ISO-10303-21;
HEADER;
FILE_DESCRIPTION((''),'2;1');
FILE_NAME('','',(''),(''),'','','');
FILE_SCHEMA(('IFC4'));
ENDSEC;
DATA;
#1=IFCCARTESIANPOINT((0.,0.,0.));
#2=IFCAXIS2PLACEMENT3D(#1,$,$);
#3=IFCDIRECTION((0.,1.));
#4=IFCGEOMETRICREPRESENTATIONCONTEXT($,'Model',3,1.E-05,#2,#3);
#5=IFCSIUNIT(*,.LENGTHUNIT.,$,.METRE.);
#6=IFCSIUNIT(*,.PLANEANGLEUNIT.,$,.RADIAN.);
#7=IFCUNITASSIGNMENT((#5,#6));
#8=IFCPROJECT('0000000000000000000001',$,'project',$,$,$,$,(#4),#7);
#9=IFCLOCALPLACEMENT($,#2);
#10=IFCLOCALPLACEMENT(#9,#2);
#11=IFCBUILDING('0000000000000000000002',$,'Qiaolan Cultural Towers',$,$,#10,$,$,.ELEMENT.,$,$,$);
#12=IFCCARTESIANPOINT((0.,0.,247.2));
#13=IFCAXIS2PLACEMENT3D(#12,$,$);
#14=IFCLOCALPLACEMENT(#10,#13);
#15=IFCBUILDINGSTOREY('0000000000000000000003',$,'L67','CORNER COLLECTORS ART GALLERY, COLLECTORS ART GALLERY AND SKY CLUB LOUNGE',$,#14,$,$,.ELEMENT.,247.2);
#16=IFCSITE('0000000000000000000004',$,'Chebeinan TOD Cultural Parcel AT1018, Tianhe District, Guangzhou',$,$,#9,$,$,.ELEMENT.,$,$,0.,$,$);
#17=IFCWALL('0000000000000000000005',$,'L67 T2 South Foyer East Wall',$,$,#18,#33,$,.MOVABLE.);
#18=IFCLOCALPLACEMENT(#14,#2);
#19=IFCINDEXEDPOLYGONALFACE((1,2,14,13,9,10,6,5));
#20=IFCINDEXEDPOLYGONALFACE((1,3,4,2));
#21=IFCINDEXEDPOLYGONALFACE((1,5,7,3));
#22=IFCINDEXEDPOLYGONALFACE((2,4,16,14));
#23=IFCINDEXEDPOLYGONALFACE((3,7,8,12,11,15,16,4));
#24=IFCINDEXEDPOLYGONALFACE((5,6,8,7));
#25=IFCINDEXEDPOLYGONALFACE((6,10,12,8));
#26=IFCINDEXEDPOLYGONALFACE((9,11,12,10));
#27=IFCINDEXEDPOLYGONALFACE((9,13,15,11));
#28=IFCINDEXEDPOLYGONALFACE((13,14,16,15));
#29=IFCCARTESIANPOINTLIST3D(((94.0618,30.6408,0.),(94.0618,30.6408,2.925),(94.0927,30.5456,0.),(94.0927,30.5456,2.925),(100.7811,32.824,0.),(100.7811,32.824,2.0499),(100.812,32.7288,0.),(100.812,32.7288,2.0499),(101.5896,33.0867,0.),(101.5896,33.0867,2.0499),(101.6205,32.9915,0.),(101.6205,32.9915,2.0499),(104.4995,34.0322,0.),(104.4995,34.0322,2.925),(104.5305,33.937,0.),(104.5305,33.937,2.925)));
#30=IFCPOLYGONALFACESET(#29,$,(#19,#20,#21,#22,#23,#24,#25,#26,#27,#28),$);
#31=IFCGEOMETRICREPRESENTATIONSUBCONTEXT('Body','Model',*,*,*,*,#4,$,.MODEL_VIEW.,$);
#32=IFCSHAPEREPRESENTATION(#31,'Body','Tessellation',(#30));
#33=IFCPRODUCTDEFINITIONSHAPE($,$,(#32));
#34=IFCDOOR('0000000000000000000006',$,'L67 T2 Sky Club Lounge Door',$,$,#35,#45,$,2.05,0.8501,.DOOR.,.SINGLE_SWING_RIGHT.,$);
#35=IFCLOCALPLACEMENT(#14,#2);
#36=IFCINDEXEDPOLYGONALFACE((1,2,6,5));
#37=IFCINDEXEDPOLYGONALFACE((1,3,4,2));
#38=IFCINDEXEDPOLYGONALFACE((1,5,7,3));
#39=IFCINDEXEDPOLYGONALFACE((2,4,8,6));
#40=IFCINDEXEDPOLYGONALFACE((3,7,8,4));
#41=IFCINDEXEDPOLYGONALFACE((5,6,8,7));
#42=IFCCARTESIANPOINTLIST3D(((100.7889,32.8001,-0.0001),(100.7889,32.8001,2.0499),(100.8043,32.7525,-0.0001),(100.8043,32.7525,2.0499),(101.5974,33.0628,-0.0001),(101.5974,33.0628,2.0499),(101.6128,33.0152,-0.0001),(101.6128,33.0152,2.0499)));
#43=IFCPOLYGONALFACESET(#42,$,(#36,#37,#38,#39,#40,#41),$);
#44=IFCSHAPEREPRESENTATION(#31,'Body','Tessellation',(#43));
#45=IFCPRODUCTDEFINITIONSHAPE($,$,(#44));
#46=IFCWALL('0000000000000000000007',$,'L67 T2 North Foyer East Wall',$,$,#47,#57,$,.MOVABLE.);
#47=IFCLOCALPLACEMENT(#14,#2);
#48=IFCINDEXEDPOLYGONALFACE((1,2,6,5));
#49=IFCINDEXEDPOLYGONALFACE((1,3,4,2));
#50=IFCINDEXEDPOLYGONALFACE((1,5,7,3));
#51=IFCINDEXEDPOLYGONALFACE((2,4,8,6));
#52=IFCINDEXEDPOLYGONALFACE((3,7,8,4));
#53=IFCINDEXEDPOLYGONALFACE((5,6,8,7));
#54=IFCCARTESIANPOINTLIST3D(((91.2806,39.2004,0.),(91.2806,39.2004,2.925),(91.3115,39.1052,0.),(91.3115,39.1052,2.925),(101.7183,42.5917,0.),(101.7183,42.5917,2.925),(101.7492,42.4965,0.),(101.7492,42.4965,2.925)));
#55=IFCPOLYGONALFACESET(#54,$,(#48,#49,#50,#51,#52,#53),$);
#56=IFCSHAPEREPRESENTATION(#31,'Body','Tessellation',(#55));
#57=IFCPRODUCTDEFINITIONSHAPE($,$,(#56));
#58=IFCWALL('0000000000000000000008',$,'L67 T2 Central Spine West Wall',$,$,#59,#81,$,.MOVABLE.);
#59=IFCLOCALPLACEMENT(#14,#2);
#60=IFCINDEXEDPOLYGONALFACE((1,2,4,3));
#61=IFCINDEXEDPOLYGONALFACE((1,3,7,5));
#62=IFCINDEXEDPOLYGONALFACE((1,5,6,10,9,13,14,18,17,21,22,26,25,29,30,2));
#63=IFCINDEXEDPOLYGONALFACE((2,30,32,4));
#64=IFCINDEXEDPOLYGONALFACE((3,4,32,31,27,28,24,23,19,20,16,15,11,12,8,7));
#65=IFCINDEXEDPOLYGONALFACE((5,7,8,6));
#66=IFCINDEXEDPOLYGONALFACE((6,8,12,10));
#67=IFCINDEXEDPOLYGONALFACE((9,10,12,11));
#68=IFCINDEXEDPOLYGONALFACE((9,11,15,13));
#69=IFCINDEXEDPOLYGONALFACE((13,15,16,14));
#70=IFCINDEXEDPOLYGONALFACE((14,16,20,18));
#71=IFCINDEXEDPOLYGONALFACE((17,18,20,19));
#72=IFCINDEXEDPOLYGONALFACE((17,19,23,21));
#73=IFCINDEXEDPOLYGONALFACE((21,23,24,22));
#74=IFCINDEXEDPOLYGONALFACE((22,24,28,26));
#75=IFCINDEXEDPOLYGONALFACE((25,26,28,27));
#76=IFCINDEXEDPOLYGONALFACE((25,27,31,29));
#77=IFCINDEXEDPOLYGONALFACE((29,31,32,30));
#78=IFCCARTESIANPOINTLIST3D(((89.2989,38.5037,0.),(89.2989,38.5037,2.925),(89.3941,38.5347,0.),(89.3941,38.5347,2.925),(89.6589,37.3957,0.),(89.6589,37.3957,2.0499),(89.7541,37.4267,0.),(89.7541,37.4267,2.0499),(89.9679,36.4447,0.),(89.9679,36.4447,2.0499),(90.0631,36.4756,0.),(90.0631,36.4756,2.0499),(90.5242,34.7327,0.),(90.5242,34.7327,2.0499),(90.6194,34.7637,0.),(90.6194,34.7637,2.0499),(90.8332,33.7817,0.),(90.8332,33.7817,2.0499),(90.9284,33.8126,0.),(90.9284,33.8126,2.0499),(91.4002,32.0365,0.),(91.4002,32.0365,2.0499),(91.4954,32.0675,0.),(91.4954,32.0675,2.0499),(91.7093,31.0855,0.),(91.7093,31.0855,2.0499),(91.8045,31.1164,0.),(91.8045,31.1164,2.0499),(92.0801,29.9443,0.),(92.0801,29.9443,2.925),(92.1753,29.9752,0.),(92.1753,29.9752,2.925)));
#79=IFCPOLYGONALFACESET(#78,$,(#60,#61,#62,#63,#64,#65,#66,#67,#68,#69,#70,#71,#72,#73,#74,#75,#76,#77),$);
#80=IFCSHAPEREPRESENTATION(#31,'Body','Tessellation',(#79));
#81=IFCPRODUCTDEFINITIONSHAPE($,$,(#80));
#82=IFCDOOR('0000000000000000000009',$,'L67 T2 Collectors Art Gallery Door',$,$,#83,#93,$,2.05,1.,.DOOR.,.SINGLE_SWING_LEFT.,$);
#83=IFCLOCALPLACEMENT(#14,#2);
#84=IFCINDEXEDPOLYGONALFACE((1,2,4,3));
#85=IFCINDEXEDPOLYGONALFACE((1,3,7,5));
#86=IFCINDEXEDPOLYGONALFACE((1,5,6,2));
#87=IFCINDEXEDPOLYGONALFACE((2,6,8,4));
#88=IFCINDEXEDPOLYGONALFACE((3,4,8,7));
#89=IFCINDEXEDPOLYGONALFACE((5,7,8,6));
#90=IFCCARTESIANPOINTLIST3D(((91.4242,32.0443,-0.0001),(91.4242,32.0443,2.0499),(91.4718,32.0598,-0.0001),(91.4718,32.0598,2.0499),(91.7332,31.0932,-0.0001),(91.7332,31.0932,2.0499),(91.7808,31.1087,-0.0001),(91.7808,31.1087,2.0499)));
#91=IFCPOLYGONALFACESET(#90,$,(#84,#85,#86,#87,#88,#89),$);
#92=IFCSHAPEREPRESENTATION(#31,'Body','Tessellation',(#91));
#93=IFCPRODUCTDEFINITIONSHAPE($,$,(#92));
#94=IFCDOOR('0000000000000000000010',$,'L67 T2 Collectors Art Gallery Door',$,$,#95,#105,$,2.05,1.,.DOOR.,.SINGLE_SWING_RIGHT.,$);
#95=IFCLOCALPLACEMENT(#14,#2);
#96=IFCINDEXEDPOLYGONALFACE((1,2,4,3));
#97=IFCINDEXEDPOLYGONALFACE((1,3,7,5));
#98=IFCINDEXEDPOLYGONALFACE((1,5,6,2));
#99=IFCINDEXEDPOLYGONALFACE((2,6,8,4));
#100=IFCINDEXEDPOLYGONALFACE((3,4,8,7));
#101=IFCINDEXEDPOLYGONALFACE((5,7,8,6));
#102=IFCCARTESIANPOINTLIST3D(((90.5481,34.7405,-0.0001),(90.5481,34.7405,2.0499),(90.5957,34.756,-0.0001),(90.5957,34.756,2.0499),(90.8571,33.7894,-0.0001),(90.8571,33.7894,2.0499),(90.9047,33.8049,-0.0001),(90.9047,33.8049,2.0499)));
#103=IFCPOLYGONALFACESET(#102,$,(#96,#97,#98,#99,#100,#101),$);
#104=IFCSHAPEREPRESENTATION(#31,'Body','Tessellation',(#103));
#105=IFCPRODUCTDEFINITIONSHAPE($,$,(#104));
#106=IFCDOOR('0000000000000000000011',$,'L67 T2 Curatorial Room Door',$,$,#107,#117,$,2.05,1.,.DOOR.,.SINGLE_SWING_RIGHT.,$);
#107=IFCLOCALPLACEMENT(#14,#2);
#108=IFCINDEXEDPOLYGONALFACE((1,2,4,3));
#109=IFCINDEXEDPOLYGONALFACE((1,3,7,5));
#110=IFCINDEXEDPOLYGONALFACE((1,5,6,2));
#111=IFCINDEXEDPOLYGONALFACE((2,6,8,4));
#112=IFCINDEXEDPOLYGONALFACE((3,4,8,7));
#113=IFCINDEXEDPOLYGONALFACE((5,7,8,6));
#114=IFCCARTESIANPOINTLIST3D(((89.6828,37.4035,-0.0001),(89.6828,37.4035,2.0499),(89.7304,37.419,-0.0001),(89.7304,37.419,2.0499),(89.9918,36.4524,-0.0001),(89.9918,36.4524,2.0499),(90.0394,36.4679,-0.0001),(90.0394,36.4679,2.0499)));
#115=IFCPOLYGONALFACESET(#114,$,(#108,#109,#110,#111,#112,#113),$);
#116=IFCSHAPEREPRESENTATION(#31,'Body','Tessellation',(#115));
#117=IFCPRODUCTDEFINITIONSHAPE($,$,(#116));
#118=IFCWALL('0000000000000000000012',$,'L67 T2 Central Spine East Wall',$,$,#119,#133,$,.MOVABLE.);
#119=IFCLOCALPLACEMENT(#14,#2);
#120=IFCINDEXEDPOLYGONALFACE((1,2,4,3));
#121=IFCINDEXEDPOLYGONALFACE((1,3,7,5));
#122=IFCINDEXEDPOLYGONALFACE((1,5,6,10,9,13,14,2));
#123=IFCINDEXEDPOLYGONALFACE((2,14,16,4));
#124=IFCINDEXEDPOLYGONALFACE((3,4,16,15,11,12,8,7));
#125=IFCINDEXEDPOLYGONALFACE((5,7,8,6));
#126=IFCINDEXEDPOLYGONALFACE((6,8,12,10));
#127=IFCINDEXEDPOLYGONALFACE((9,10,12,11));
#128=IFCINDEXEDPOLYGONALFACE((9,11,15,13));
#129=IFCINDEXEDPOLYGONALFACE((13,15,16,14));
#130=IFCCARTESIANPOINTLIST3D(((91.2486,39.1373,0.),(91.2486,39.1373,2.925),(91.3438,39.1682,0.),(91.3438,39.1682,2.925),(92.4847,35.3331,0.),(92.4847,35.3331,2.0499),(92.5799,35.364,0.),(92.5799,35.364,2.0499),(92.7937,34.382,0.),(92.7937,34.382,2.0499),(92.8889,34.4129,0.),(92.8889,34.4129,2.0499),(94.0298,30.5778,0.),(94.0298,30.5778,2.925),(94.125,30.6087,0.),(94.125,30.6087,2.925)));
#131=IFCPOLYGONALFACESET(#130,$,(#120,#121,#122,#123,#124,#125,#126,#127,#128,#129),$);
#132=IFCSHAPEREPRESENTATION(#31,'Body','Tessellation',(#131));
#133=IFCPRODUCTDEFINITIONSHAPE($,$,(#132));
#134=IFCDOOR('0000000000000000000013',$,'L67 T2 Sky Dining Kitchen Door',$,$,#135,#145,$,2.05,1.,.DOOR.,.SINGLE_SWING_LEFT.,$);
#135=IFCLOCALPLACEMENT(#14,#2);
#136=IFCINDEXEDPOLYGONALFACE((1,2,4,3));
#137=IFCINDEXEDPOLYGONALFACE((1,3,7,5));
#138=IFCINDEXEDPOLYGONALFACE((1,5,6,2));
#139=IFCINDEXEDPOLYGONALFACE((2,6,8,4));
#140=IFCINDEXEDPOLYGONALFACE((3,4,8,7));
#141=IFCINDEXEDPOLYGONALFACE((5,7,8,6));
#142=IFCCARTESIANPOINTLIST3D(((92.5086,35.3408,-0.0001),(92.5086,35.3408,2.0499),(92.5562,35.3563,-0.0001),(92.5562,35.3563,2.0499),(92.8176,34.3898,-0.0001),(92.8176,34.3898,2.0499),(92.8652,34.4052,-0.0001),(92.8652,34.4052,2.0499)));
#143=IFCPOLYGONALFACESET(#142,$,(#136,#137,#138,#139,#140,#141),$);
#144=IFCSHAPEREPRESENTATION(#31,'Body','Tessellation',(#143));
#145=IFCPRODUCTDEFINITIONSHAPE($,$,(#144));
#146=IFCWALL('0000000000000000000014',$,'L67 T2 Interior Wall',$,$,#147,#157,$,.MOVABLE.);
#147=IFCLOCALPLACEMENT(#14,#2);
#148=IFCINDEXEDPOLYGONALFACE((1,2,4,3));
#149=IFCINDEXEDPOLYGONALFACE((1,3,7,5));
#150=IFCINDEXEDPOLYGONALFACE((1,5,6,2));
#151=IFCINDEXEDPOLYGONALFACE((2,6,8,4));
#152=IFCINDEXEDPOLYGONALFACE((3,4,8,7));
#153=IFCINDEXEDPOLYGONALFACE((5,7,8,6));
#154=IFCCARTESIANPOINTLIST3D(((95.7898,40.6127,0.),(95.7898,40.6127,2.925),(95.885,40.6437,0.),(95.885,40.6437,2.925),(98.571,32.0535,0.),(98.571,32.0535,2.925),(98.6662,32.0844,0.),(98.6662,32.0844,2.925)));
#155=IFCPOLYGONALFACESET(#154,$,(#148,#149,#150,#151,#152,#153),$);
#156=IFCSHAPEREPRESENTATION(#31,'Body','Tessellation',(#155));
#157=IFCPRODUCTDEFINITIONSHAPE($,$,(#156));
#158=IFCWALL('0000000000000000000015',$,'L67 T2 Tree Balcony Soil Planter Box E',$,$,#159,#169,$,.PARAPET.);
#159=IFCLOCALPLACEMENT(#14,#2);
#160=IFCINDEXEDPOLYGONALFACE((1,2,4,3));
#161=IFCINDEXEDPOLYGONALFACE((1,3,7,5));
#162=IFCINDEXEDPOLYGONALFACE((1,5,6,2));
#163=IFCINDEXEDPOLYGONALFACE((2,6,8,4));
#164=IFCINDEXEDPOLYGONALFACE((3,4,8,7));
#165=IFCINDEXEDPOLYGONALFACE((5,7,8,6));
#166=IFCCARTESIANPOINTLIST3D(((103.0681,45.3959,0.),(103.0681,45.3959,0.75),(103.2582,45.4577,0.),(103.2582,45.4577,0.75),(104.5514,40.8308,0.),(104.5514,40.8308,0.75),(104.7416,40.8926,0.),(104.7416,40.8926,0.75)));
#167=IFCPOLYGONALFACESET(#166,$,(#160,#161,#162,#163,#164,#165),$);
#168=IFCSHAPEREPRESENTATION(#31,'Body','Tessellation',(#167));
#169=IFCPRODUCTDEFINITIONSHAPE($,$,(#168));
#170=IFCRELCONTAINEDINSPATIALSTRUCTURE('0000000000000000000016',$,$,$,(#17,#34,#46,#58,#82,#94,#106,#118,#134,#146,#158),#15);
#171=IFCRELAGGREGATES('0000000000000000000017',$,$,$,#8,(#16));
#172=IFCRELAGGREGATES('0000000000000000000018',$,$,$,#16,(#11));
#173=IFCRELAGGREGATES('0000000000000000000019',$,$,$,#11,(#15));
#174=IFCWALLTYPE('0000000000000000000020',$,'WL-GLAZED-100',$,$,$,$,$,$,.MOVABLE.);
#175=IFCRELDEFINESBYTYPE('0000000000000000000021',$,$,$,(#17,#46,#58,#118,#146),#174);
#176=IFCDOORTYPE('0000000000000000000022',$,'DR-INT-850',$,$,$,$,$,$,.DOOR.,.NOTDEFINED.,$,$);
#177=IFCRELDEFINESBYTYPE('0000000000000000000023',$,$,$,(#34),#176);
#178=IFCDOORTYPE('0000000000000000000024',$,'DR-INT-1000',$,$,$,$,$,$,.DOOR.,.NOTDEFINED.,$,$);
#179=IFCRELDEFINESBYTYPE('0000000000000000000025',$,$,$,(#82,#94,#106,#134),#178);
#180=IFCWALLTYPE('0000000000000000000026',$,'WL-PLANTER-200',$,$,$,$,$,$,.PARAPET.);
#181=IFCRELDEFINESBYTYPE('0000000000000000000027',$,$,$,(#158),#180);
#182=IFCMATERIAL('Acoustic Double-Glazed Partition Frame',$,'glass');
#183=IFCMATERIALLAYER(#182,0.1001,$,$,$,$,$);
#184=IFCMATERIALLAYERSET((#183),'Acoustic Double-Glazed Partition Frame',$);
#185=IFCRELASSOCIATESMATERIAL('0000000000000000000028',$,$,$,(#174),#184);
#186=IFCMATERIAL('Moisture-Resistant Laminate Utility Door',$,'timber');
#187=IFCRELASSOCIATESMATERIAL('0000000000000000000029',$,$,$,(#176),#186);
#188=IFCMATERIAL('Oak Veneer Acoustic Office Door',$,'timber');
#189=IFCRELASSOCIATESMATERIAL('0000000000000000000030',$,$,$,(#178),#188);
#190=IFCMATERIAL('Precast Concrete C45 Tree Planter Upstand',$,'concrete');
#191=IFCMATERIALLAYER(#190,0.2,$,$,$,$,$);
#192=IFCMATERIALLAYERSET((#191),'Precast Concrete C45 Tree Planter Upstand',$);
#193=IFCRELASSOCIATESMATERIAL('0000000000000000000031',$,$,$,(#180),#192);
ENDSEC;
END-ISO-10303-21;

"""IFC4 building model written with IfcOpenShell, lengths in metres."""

from ifc_helpers import new_model, si_unit, direction, frame, frame_2d, origin, place, context, subcontext, project, spatial, rectangle, extrude, material, layer, layer_set, type_object, element, fill, save


model = new_model("IFC4")

# Units and contexts
model_context = context("Model", 3, precision=1e-05, world=origin(), true_north=direction((0.0, 1.0)))
body_context = subcontext(model_context, "Body", "Model", "MODEL_VIEW")
ifc_project = project(units=[si_unit("LENGTHUNIT", "METRE"), si_unit("PLANEANGLEUNIT", "RADIAN")], contexts=[model_context])

# Site, building, storey
site_placement = place(None, origin())
site = spatial("IfcSite", under=ifc_project, at=site_placement, Name="Chebeinan TOD Cultural Parcel AT1018, Tianhe District, Guangzhou", CompositionType="ELEMENT", RefElevation=0.0)
building_placement = place(site_placement, origin())
building = spatial("IfcBuilding", under=site, at=building_placement, Name="Qiaolan Cultural Towers", CompositionType="ELEMENT")
storey_placement = place(building_placement, frame((0.0, 0.0, 247.2)))
storey = spatial("IfcBuildingStorey", under=building, at=storey_placement, Name="L67", Description="CORNER COLLECTORS ART GALLERY, COLLECTORS ART GALLERY AND SKY CLUB LOUNGE", CompositionType="ELEMENT", Elevation=247.2)

# Wall, opening, door
ifc_material_1 = material(Name="Acoustic Double-Glazed Partition Frame", Category="glass")
ifc_layer_1 = layer(ifc_material_1, 0.1001)
ifc_layer_set_1 = layer_set([ifc_layer_1], Name="Acoustic Double-Glazed Partition Frame")
wall_type_1 = type_object("IfcWallType", Name="WL-GLAZED-100", PredefinedType="MOVABLE", material=ifc_layer_set_1)
wall_1_placement = place(storey_placement, frame((94.0774, 30.5933, 0.0), z_axis=(0.0, 0.0, 1.0), x_axis=(0.951058, 0.309011, 0.0)))
wall_1 = element("IfcWall", 1, at=wall_1_placement, inside=storey, type_object=wall_type_1, Name="L67 T2 South Foyer East Wall", PredefinedType="MOVABLE", context=body_context, shape_type="SweptSolid", body=[
    extrude(rectangle(XDim=10.9749, YDim=0.1001, at=frame_2d((5.4873, 0.0))), origin(), (0.0, 0.0, 1.0), 2.925),
])
opening_1_placement = place(wall_1_placement, frame((7.0649, 0.0, 0.0)))
opening_1 = element("IfcOpeningElement", 2, at=opening_1_placement, cuts=wall_1, PredefinedType="OPENING", context=body_context, shape_type="SweptSolid", body=[
    extrude(rectangle(XDim=0.8501, YDim=2.05, at=frame_2d((0.425, 1.0249))), frame((0.0, 0.0601, 0.0), z_axis=(0.0, -1.0, 0.0), x_axis=(1.0, 0.0, 0.0)), (0.0, 0.0, 1.0), 0.1201),
])
ifc_material_2 = material(Name="Moisture-Resistant Laminate Utility Door", Category="timber")
door_type_1 = type_object("IfcDoorType", Name="DR-INT-850", OperationType="NOTDEFINED", PredefinedType="DOOR", material=ifc_material_2)
door_1_placement = place(opening_1_placement, origin())
door_1 = element("IfcDoor", 3, at=door_1_placement, inside=storey, type_object=door_type_1, Name="L67 T2 Sky Club Lounge Door", OperationType="SINGLE_SWING_RIGHT", OverallHeight=2.05, OverallWidth=0.8501, PredefinedType="DOOR", context=body_context, shape_type="SweptSolid", body=[
    extrude(rectangle(XDim=0.8501, YDim=2.05, at=frame_2d((0.425, 1.0249))), frame((0.0, 0.0249, 0.0), z_axis=(0.0, -1.0, 0.0), x_axis=(1.0, 0.0, 0.0)), (0.0, 0.0, 1.0), 0.05),
])
fill(opening_1, door_1)

# Wall
wall_2_placement = place(storey_placement, frame((91.2961, 39.1528, 0.0), z_axis=(0.0, 0.0, 1.0), x_axis=(0.951058, 0.309011, 0.0)))
element("IfcWall", 4, at=wall_2_placement, inside=storey, type_object=wall_type_1, Name="L67 T2 North Foyer East Wall", PredefinedType="MOVABLE", context=body_context, shape_type="SweptSolid", body=[
    extrude(rectangle(XDim=10.9749, YDim=0.1001, at=frame_2d((5.4873, 0.0))), origin(), (0.0, 0.0, 1.0), 2.925),
])

# Wall, openings, doors
wall_3_placement = place(storey_placement, frame((92.1277, 29.9597, 0.0), z_axis=(0.0, 0.0, 1.0), x_axis=(-0.309025, 0.951054, 0.0)))
wall_3 = element("IfcWall", 5, at=wall_3_placement, inside=storey, type_object=wall_type_1, Name="L67 T2 Central Spine West Wall", PredefinedType="MOVABLE", context=body_context, shape_type="SweptSolid", body=[
    extrude(rectangle(XDim=9.0, YDim=0.1001, at=frame_2d((4.5, 0.0))), origin(), (0.0, 0.0, 1.0), 2.925),
])
opening_2_placement = place(wall_3_placement, frame((1.2, 0.0, 0.0)))
opening_2 = element("IfcOpeningElement", 6, at=opening_2_placement, cuts=wall_3, PredefinedType="OPENING", context=body_context, shape_type="SweptSolid", body=[
    extrude(rectangle(XDim=1.0, YDim=2.05, at=frame_2d((0.5, 1.0249))), frame((0.0, 0.0601, 0.0), z_axis=(0.0, -1.0, 0.0), x_axis=(1.0, 0.0, 0.0)), (0.0, 0.0, 1.0), 0.1201),
])
opening_3_placement = place(wall_3_placement, frame((4.0349, 0.0, 0.0)))
opening_3 = element("IfcOpeningElement", 7, at=opening_3_placement, cuts=wall_3, PredefinedType="OPENING", context=body_context, shape_type="SweptSolid", body=[
    extrude(rectangle(XDim=1.0, YDim=2.05, at=frame_2d((0.5, 1.0249))), frame((0.0, 0.0601, 0.0), z_axis=(0.0, -1.0, 0.0), x_axis=(1.0, 0.0, 0.0)), (0.0, 0.0, 1.0), 0.1201),
])
opening_4_placement = place(wall_3_placement, frame((6.835, 0.0, 0.0)))
opening_4 = element("IfcOpeningElement", 8, at=opening_4_placement, cuts=wall_3, PredefinedType="OPENING", context=body_context, shape_type="SweptSolid", body=[
    extrude(rectangle(XDim=1.0, YDim=2.05, at=frame_2d((0.5, 1.0249))), frame((0.0, 0.0601, 0.0), z_axis=(0.0, -1.0, 0.0), x_axis=(1.0, 0.0, 0.0)), (0.0, 0.0, 1.0), 0.1201),
])
ifc_material_3 = material(Name="Oak Veneer Acoustic Office Door", Category="timber")
door_type_2 = type_object("IfcDoorType", Name="DR-INT-1000", OperationType="NOTDEFINED", PredefinedType="DOOR", material=ifc_material_3)
door_2_placement = place(opening_2_placement, origin())
door_2 = element("IfcDoor", 9, at=door_2_placement, inside=storey, type_object=door_type_2, Name="L67 T2 Collectors Art Gallery Door", OperationType="SINGLE_SWING_LEFT", OverallHeight=2.05, OverallWidth=1.0, PredefinedType="DOOR", context=body_context, shape_type="SweptSolid", body=[
    extrude(rectangle(XDim=1.0, YDim=2.05, at=frame_2d((0.5, 1.0249))), frame((0.0, 0.0249, 0.0), z_axis=(0.0, -1.0, 0.0), x_axis=(1.0, 0.0, 0.0)), (0.0, 0.0, 1.0), 0.05),
])
fill(opening_2, door_2)
door_3_placement = place(opening_3_placement, origin())
door_3 = element("IfcDoor", 10, at=door_3_placement, inside=storey, type_object=door_type_2, Name="L67 T2 Collectors Art Gallery Door", OperationType="SINGLE_SWING_RIGHT", OverallHeight=2.05, OverallWidth=1.0, PredefinedType="DOOR", context=body_context, shape_type="SweptSolid", body=[
    extrude(rectangle(XDim=1.0, YDim=2.05, at=frame_2d((0.5, 1.0249))), frame((0.0, 0.0249, 0.0), z_axis=(0.0, -1.0, 0.0), x_axis=(1.0, 0.0, 0.0)), (0.0, 0.0, 1.0), 0.05),
])
fill(opening_3, door_3)
door_4_placement = place(opening_4_placement, origin())
door_4 = element("IfcDoor", 11, at=door_4_placement, inside=storey, type_object=door_type_2, Name="L67 T2 Curatorial Room Door", OperationType="SINGLE_SWING_RIGHT", OverallHeight=2.05, OverallWidth=1.0, PredefinedType="DOOR", context=body_context, shape_type="SweptSolid", body=[
    extrude(rectangle(XDim=1.0, YDim=2.05, at=frame_2d((0.5, 1.0249))), frame((0.0, 0.0249, 0.0), z_axis=(0.0, -1.0, 0.0), x_axis=(1.0, 0.0, 0.0)), (0.0, 0.0, 1.0), 0.05),
])
fill(opening_4, door_4)

# Wall, opening, door
wall_4_placement = place(storey_placement, frame((94.0774, 30.5933, 0.0), z_axis=(0.0, 0.0, 1.0), x_axis=(-0.309025, 0.951054, 0.0)))
wall_4 = element("IfcWall", 12, at=wall_4_placement, inside=storey, type_object=wall_type_1, Name="L67 T2 Central Spine East Wall", PredefinedType="MOVABLE", context=body_context, shape_type="SweptSolid", body=[
    extrude(rectangle(XDim=9.0, YDim=0.1001, at=frame_2d((4.5, 0.0))), origin(), (0.0, 0.0, 1.0), 2.925),
])
opening_5_placement = place(wall_4_placement, frame((4.0, 0.0, 0.0)))
opening_5 = element("IfcOpeningElement", 13, at=opening_5_placement, cuts=wall_4, PredefinedType="OPENING", context=body_context, shape_type="SweptSolid", body=[
    extrude(rectangle(XDim=1.0, YDim=2.05, at=frame_2d((0.5, 1.0249))), frame((0.0, 0.0601, 0.0), z_axis=(0.0, -1.0, 0.0), x_axis=(1.0, 0.0, 0.0)), (0.0, 0.0, 1.0), 0.1201),
])
door_5_placement = place(opening_5_placement, origin())
door_5 = element("IfcDoor", 14, at=door_5_placement, inside=storey, type_object=door_type_2, Name="L67 T2 Sky Dining Kitchen Door", OperationType="SINGLE_SWING_LEFT", OverallHeight=2.05, OverallWidth=1.0, PredefinedType="DOOR", context=body_context, shape_type="SweptSolid", body=[
    extrude(rectangle(XDim=1.0, YDim=2.05, at=frame_2d((0.5, 1.0249))), frame((0.0, 0.0249, 0.0), z_axis=(0.0, -1.0, 0.0), x_axis=(1.0, 0.0, 0.0)), (0.0, 0.0, 1.0), 0.05),
])
fill(opening_5, door_5)

# Walls
wall_5_placement = place(storey_placement, frame((98.6187, 32.0688, 0.0), z_axis=(0.0, 0.0, 1.0), x_axis=(-0.309033, 0.951051, 0.0)))
element("IfcWall", 15, at=wall_5_placement, inside=storey, type_object=wall_type_1, Name="L67 T2 Interior Wall", PredefinedType="MOVABLE", context=body_context, shape_type="SweptSolid", body=[
    extrude(rectangle(XDim=8.9998, YDim=0.1001, at=frame_2d((4.5, 0.0))), origin(), (0.0, 0.0, 1.0), 2.925),
])
ifc_material_4 = material(Name="Precast Concrete C45 Tree Planter Upstand", Category="concrete")
ifc_layer_2 = layer(ifc_material_4, 0.2)
ifc_layer_set_2 = layer_set([ifc_layer_2], Name="Precast Concrete C45 Tree Planter Upstand")
wall_type_2 = type_object("IfcWallType", Name="WL-PLANTER-200", PredefinedType="PARAPET", material=ifc_layer_set_2)
wall_6_placement = place(storey_placement, frame((104.6465, 40.8618, 0.0), z_axis=(0.0, 0.0, 1.0), x_axis=(-0.309032, 0.951052, 0.0)))
element("IfcWall", 16, at=wall_6_placement, inside=storey, type_object=wall_type_2, Name="L67 T2 Tree Balcony Soil Planter Box E", PredefinedType="PARAPET", context=body_context, shape_type="SweptSolid", body=[
    extrude(rectangle(XDim=4.8, YDim=0.2, at=frame_2d((2.3999, 0.0))), origin(), (0.0, 0.0, 1.0), 0.75),
])

save(model, "model.ifc")
